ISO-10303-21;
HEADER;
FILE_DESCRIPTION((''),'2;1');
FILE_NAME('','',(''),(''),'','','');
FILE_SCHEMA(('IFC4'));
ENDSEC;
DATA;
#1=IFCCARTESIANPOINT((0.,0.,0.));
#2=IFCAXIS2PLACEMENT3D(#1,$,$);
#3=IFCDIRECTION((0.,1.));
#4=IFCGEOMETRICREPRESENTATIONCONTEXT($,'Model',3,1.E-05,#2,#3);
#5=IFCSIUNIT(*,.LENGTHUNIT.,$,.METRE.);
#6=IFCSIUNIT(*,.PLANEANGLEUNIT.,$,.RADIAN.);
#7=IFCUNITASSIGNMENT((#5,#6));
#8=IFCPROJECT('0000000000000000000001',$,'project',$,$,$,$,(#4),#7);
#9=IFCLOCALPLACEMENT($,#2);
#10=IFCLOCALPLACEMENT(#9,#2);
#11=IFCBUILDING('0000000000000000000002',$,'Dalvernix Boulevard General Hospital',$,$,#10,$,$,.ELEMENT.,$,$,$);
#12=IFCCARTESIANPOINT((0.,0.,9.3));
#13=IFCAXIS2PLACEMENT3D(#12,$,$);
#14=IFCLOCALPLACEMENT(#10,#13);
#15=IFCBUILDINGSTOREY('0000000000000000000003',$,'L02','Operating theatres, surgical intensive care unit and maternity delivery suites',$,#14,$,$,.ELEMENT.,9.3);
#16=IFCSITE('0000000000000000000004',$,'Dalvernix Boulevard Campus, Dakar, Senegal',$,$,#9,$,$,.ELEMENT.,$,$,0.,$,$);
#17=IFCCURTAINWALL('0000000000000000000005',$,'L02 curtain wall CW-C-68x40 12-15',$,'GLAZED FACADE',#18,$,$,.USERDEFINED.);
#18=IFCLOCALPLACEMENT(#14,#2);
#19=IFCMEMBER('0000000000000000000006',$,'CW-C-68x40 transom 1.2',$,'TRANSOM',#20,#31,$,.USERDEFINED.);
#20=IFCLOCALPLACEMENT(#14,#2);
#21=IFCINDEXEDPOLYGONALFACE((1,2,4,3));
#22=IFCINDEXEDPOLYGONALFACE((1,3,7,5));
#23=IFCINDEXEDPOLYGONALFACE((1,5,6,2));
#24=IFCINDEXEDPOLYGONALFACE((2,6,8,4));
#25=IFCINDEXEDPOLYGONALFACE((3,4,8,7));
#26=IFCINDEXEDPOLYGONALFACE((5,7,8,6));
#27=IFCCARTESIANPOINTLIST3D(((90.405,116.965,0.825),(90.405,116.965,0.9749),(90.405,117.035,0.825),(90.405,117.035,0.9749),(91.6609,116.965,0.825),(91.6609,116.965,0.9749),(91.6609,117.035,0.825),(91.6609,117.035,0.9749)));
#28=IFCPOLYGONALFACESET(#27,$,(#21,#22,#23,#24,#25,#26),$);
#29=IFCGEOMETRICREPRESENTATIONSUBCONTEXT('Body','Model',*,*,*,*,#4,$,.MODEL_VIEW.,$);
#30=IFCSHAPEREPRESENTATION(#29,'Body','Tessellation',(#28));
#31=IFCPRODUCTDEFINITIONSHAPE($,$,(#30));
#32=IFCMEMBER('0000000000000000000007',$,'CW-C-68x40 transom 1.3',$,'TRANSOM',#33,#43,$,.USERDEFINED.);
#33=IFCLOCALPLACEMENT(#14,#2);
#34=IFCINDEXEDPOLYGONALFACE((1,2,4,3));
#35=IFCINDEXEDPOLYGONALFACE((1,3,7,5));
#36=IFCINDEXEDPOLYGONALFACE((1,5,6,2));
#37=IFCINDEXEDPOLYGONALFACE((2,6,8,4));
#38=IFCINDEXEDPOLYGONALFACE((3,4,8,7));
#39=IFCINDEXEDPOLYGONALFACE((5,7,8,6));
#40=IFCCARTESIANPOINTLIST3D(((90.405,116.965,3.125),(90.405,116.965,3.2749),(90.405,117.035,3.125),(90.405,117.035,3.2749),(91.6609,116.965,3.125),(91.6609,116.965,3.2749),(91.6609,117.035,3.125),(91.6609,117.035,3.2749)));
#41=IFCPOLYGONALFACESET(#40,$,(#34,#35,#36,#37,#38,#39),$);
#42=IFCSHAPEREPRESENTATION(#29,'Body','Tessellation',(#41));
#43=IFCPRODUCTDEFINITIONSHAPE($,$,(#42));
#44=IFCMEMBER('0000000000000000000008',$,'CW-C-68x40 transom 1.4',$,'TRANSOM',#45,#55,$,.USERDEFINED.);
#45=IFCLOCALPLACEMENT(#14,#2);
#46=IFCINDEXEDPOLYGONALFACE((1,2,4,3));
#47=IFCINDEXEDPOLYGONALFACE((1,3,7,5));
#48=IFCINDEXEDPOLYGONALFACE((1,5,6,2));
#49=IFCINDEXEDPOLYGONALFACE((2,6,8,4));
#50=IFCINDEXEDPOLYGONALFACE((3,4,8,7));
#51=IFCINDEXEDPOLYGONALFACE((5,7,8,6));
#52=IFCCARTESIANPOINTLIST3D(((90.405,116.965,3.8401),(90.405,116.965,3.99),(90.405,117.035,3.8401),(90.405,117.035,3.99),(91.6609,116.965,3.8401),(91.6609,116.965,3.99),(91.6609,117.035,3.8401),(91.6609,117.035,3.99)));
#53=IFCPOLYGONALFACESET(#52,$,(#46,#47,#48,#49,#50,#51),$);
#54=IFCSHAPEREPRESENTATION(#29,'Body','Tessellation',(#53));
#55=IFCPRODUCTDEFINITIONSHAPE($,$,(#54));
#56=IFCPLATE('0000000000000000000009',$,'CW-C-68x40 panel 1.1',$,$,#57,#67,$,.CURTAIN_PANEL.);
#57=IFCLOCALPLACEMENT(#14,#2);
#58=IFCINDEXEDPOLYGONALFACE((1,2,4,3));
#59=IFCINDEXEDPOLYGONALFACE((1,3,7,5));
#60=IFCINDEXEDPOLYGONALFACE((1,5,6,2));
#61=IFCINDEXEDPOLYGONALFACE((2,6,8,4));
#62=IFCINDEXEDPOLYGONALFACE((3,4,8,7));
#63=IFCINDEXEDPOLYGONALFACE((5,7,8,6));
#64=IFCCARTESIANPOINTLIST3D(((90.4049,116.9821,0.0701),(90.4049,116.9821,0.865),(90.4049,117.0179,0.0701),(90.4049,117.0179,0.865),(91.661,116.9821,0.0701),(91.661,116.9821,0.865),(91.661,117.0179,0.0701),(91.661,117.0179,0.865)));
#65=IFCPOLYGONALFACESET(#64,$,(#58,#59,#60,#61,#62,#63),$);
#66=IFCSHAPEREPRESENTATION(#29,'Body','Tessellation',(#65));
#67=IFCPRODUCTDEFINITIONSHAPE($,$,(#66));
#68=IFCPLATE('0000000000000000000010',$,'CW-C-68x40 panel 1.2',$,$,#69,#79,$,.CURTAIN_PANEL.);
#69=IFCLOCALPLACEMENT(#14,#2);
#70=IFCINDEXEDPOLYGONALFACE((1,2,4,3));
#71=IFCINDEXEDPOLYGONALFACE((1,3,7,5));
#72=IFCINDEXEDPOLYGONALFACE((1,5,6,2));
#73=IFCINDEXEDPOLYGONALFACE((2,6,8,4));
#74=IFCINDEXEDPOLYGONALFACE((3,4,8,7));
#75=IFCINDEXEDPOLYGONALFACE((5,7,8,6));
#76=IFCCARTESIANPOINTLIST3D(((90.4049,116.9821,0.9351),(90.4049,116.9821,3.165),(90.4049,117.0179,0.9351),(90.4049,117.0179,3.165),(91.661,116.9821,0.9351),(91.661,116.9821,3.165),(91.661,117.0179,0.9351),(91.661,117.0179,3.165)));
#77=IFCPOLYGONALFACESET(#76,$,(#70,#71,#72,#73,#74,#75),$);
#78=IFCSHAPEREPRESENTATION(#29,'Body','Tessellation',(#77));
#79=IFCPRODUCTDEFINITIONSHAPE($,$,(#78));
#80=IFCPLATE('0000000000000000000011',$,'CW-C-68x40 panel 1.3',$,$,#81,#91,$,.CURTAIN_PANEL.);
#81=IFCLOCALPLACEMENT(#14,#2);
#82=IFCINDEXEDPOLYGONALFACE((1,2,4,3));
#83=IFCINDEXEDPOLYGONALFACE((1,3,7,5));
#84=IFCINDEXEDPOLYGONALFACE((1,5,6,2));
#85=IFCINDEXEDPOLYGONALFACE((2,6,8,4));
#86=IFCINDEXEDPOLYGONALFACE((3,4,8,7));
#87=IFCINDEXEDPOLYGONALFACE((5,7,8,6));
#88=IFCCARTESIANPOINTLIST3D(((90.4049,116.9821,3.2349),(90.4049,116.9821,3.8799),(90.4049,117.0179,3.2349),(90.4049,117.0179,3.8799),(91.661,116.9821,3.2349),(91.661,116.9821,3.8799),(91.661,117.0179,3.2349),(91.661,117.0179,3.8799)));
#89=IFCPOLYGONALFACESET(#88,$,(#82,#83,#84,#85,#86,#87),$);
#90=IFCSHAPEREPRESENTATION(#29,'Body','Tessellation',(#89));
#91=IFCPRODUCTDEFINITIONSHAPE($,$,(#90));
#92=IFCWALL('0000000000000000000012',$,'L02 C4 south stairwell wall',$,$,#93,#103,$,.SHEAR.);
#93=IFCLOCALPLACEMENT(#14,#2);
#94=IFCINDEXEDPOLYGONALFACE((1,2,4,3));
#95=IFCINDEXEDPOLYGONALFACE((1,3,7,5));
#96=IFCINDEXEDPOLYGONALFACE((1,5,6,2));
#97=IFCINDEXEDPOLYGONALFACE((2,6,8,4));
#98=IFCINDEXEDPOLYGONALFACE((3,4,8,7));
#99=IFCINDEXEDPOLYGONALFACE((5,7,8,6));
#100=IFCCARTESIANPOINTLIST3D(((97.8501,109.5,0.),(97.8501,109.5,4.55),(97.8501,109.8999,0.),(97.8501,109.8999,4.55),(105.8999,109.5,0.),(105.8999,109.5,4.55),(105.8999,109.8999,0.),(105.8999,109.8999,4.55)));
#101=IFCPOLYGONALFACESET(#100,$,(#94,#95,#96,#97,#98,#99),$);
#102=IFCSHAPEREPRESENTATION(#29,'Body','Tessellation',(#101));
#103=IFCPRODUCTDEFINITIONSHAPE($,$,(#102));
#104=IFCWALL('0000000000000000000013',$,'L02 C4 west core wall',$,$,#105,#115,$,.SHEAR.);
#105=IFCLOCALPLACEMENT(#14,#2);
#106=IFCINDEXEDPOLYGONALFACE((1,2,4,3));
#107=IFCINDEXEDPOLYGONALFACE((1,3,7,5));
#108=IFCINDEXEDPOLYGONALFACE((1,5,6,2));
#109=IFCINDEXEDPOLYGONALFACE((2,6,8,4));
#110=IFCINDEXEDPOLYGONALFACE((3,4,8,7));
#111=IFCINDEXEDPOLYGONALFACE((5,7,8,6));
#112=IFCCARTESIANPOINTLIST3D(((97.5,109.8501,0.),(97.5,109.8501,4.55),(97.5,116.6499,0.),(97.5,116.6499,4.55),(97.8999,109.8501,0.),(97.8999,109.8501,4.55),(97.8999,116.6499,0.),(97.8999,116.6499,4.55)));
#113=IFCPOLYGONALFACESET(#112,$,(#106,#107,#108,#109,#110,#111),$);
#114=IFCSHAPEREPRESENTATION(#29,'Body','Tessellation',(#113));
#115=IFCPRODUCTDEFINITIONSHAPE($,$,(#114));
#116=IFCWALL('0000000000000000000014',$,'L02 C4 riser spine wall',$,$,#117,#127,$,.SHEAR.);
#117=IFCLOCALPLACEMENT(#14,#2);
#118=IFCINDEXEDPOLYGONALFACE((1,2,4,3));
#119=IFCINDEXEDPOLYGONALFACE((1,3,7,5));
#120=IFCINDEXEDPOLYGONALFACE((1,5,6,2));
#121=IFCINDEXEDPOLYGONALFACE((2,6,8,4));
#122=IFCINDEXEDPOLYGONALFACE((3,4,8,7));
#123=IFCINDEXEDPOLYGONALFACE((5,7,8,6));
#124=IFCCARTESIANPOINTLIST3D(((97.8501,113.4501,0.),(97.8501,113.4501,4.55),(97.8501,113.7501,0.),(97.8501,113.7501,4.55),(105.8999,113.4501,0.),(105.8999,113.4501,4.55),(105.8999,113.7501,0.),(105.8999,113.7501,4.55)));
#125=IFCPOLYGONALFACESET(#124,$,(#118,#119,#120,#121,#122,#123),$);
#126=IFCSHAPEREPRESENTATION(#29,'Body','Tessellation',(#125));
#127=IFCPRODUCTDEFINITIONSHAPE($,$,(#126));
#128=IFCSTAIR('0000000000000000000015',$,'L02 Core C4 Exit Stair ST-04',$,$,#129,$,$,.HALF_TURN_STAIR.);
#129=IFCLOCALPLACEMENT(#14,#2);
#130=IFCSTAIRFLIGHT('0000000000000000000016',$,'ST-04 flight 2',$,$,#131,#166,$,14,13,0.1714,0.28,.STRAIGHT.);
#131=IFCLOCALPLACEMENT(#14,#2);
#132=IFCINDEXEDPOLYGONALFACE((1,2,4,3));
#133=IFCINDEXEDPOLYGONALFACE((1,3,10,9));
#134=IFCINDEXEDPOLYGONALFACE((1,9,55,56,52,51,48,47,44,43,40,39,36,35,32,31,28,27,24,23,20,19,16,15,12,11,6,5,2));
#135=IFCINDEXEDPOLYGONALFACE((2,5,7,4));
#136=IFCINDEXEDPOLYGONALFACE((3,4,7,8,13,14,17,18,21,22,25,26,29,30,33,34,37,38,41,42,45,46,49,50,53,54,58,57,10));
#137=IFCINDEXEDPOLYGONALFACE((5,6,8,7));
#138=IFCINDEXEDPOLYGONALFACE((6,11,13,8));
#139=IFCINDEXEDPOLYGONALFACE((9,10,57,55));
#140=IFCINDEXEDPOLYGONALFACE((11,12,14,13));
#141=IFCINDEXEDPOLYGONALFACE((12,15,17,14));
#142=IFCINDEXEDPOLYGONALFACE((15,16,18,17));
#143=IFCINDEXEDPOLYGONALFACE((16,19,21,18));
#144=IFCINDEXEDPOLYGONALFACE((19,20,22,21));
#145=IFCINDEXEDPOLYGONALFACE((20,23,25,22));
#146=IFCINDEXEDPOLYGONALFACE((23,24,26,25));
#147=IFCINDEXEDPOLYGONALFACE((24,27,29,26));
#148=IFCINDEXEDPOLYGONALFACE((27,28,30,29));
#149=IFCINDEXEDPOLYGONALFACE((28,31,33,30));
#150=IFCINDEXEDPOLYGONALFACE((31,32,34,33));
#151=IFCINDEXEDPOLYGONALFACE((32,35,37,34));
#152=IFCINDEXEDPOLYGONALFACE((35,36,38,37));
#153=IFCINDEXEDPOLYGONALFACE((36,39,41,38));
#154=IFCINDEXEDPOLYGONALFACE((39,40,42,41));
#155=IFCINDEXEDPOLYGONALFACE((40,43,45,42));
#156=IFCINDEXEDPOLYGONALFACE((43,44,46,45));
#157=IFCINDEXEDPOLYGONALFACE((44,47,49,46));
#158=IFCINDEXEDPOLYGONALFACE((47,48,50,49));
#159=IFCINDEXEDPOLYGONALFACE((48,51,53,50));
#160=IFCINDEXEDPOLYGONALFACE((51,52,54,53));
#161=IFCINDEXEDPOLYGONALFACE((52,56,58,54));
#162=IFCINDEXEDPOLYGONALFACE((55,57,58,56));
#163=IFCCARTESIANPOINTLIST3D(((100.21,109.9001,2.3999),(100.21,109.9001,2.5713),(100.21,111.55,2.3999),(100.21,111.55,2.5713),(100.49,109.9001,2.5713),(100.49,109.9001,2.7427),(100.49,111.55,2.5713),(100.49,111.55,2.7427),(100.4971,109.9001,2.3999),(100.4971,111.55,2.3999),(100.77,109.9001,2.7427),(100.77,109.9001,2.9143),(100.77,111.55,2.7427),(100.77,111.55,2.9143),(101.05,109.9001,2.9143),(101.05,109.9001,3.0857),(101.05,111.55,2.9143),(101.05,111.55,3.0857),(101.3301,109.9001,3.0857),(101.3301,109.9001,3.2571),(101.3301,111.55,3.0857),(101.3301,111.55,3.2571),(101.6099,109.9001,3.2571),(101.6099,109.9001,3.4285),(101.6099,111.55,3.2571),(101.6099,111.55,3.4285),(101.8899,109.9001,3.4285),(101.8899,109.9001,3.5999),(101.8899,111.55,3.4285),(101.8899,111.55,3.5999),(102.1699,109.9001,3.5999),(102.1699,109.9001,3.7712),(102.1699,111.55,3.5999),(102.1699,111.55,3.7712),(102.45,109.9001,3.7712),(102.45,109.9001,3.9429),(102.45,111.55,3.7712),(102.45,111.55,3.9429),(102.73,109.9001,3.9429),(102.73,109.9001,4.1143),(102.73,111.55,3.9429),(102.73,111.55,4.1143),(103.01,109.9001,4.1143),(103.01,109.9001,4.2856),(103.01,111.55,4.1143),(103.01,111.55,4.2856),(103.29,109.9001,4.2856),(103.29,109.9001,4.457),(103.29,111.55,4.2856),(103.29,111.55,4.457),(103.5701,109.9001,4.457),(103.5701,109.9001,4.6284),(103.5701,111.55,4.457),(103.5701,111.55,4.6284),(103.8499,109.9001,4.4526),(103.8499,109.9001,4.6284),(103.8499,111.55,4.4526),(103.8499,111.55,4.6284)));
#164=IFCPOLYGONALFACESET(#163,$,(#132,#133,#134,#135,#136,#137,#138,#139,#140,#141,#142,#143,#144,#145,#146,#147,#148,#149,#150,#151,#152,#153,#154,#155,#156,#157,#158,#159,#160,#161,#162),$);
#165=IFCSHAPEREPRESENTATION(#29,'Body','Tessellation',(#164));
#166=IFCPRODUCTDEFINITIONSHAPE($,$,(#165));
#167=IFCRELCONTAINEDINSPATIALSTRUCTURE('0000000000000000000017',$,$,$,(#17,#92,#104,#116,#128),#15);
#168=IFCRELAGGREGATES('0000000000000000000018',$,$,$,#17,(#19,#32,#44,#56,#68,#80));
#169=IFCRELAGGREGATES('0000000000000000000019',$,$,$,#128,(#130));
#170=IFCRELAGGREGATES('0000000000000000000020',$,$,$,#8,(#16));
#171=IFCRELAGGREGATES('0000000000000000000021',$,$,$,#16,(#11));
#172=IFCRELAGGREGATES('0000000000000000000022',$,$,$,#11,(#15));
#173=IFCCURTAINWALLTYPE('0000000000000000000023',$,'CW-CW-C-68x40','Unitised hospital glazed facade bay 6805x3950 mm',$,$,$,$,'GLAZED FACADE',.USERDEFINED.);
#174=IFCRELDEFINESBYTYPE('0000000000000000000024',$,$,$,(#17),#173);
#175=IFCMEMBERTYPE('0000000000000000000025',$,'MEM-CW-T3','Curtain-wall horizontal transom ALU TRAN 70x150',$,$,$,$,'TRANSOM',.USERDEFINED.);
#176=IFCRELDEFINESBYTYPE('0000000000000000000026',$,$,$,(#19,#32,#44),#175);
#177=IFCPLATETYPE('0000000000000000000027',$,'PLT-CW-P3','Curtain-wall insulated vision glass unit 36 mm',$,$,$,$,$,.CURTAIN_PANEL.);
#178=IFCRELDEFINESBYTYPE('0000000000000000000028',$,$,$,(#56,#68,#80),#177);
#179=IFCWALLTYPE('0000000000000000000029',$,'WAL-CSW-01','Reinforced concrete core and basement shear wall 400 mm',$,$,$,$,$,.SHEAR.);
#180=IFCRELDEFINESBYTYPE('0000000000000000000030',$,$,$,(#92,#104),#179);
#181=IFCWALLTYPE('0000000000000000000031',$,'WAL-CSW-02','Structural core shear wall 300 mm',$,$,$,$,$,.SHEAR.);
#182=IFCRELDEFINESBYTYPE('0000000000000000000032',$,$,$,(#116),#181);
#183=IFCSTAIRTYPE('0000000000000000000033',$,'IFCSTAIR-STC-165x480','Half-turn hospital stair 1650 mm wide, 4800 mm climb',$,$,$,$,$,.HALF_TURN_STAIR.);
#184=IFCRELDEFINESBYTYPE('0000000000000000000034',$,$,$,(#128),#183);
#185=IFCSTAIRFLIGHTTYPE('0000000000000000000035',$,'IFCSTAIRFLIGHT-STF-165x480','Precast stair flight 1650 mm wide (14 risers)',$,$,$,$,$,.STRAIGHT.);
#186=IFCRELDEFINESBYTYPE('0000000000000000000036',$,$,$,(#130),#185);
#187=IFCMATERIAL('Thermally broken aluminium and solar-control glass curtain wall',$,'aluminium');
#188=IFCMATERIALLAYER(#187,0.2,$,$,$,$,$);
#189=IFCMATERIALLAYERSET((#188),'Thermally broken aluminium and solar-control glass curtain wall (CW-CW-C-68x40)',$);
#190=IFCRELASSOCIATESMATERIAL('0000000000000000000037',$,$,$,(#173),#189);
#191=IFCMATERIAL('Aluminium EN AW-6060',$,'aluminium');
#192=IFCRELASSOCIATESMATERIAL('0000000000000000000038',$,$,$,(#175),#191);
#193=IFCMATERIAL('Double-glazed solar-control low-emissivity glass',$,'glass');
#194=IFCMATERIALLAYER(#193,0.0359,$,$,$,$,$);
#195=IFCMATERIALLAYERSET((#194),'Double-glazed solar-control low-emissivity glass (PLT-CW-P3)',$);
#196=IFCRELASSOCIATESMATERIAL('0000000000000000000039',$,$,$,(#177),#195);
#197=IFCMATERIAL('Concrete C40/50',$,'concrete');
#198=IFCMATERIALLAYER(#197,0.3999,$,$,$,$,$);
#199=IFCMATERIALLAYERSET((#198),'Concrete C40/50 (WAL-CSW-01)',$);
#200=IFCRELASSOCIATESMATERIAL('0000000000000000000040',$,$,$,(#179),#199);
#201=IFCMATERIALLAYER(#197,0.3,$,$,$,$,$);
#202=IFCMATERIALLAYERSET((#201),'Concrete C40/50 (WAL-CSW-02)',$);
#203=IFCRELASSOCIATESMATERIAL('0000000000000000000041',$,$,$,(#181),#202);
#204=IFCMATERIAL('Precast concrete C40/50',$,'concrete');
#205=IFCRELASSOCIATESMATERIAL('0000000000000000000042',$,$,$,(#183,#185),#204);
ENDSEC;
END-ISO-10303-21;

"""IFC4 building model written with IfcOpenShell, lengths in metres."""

from ifc_helpers import new_model, si_unit, direction, frame, frame_2d, origin, origin_2d, place, context, subcontext, project, spatial, polyline, rectangle, outline, extrude, material, layer, layer_set, material_profile, profile_set, type_object, element, aggregate, save


model = new_model("IFC4")

# Units and contexts
model_context = context("Model", 3, precision=1e-05, world=origin(), true_north=direction((0.0, 1.0)))
body_context = subcontext(model_context, "Body", "Model", "MODEL_VIEW")
ifc_project = project(units=[si_unit("LENGTHUNIT", "METRE"), si_unit("PLANEANGLEUNIT", "RADIAN")], contexts=[model_context])

# Site, building, storey
site_placement = place(None, origin())
site = spatial("IfcSite", under=ifc_project, at=site_placement, Name="Dalvernix Boulevard Campus, Dakar, Senegal", CompositionType="ELEMENT", RefElevation=0.0)
building_placement = place(site_placement, origin())
building = spatial("IfcBuilding", under=site, at=building_placement, Name="Dalvernix Boulevard General Hospital", CompositionType="ELEMENT")
storey_placement = place(building_placement, frame((0.0, 0.0, 9.3)))
storey = spatial("IfcBuildingStorey", under=building, at=storey_placement, Name="L02", Description="Operating theatres, surgical intensive care unit and maternity delivery suites", CompositionType="ELEMENT", Elevation=9.3)

# Shared definitions
ifc_material_1 = material(Name="Concrete C40/50", Category="concrete")

# Curtain wall, members, plates
ifc_material_2 = material(Name="Thermally broken aluminium and solar-control glass curtain wall", Category="aluminium")
ifc_layer_1 = layer(ifc_material_2, 0.2)
ifc_layer_set_1 = layer_set([ifc_layer_1], Name="Thermally broken aluminium and solar-control glass curtain wall (CW-CW-C-68x40)")
curtain_wall_type = type_object("IfcCurtainWallType", Name="CW-CW-C-68x40", Description="Unitised hospital glazed facade bay 6805x3950 mm", ElementType="GLAZED FACADE", PredefinedType="USERDEFINED", material=ifc_layer_set_1)
curtain_wall_placement = place(storey_placement, origin())
curtain_wall = element("IfcCurtainWall", 1, at=curtain_wall_placement, inside=storey, type_object=curtain_wall_type, Name="L02 curtain wall CW-C-68x40 12-15", ObjectType="GLAZED FACADE", PredefinedType="USERDEFINED")
ifc_material_3 = material(Name="Aluminium EN AW-6060", Category="aluminium")
ifc_material_profile_1 = material_profile(ifc_material_3, rectangle(XDim=0.0701, YDim=0.1499, at=origin_2d()), Name="ALU TRAN 70x150")
ifc_profile_set_1 = profile_set([ifc_material_profile_1], Name="Aluminium EN AW-6060")
member_type_1 = type_object("IfcMemberType", Name="MEM-CW-T3", Description="Curtain-wall horizontal transom ALU TRAN 70x150", ElementType="TRANSOM", PredefinedType="USERDEFINED", material=ifc_profile_set_1)
member_1_placement = place(storey_placement, frame((90.405, 117.0, 0.8999), z_axis=(1.0, 0.0, 0.0), x_axis=(0.0, 1.0, 0.0)))
member_1 = element("IfcMember", 2, at=member_1_placement, type_object=member_type_1, Name="CW-C-68x40 transom 1.2", ObjectType="TRANSOM", PredefinedType="USERDEFINED", context=body_context, shape_type="SweptSolid", body=[
    extrude(rectangle(XDim=0.0701, YDim=0.1499, at=origin_2d()), origin(), (0.0, 0.0, 1.0), 1.2559),
])
member_2_placement = place(storey_placement, frame((90.405, 117.0, 3.2), z_axis=(1.0, 0.0, 0.0), x_axis=(0.0, 1.0, 0.0)))
member_2 = element("IfcMember", 3, at=member_2_placement, type_object=member_type_1, Name="CW-C-68x40 transom 1.3", ObjectType="TRANSOM", PredefinedType="USERDEFINED", context=body_context, shape_type="SweptSolid", body=[
    extrude(rectangle(XDim=0.0701, YDim=0.1499, at=origin_2d()), origin(), (0.0, 0.0, 1.0), 1.2559),
])
member_3_placement = place(storey_placement, frame((90.405, 117.0, 3.915), z_axis=(1.0, 0.0, 0.0), x_axis=(0.0, 1.0, 0.0)))
member_3 = element("IfcMember", 4, at=member_3_placement, type_object=member_type_1, Name="CW-C-68x40 transom 1.4", ObjectType="TRANSOM", PredefinedType="USERDEFINED", context=body_context, shape_type="SweptSolid", body=[
    extrude(rectangle(XDim=0.0701, YDim=0.1499, at=origin_2d()), origin(), (0.0, 0.0, 1.0), 1.2559),
])
ifc_material_4 = material(Name="Double-glazed solar-control low-emissivity glass", Category="glass")
ifc_layer_2 = layer(ifc_material_4, 0.0359)
ifc_layer_set_2 = layer_set([ifc_layer_2], Name="Double-glazed solar-control low-emissivity glass (PLT-CW-P3)")
plate_type = type_object("IfcPlateType", Name="PLT-CW-P3", Description="Curtain-wall insulated vision glass unit 36 mm", PredefinedType="CURTAIN_PANEL", material=ifc_layer_set_2)
plate_1_placement = place(storey_placement, frame((91.033, 117.0, 0.0701), z_axis=(0.0, 0.0, 1.0), x_axis=(1.0, 0.0, 0.0)))
plate_1 = element("IfcPlate", 5, at=plate_1_placement, type_object=plate_type, Name="CW-C-68x40 panel 1.1", PredefinedType="CURTAIN_PANEL", context=body_context, shape_type="SweptSolid", body=[
    extrude(rectangle(XDim=1.2561, YDim=0.0359, at=origin_2d()), origin(), (0.0, 0.0, 1.0), 0.7949),
])
plate_2_placement = place(storey_placement, frame((91.033, 117.0, 0.9351), z_axis=(0.0, 0.0, 1.0), x_axis=(1.0, 0.0, 0.0)))
plate_2 = element("IfcPlate", 6, at=plate_2_placement, type_object=plate_type, Name="CW-C-68x40 panel 1.2", PredefinedType="CURTAIN_PANEL", context=body_context, shape_type="SweptSolid", body=[
    extrude(rectangle(XDim=1.2561, YDim=0.0359, at=origin_2d()), origin(), (0.0, 0.0, 1.0), 2.23),
])
plate_3_placement = place(storey_placement, frame((91.033, 117.0, 3.2349), z_axis=(0.0, 0.0, 1.0), x_axis=(1.0, 0.0, 0.0)))
plate_3 = element("IfcPlate", 7, at=plate_3_placement, type_object=plate_type, Name="CW-C-68x40 panel 1.3", PredefinedType="CURTAIN_PANEL", context=body_context, shape_type="SweptSolid", body=[
    extrude(rectangle(XDim=1.2561, YDim=0.0359, at=origin_2d()), origin(), (0.0, 0.0, 1.0), 0.645),
])
aggregate(curtain_wall, [member_1, member_2, member_3, plate_1, plate_2, plate_3])

# Walls
ifc_layer_3 = layer(ifc_material_1, 0.3999)
ifc_layer_set_3 = layer_set([ifc_layer_3], Name="Concrete C40/50 (WAL-CSW-01)")
wall_type_1 = type_object("IfcWallType", Name="WAL-CSW-01", Description="Reinforced concrete core and basement shear wall 400 mm", PredefinedType="SHEAR", material=ifc_layer_set_3)
wall_1_placement = place(storey_placement, frame((97.8501, 109.7, 0.0), z_axis=(0.0, 0.0, 1.0), x_axis=(1.0, 0.0, 0.0)))
element("IfcWall", 8, at=wall_1_placement, inside=storey, type_object=wall_type_1, Name="L02 C4 south stairwell wall", PredefinedType="SHEAR", context=body_context, shape_type="SweptSolid", body=[
    extrude(rectangle(XDim=8.0498, YDim=0.3999, at=frame_2d((4.0249, 0.0))), origin(), (0.0, 0.0, 1.0), 4.55),
])
wall_2_placement = place(storey_placement, frame((97.7, 109.8501, 0.0), z_axis=(0.0, 0.0, 1.0), x_axis=(0.0, 1.0, 0.0)))
element("IfcWall", 9, at=wall_2_placement, inside=storey, type_object=wall_type_1, Name="L02 C4 west core wall", PredefinedType="SHEAR", context=body_context, shape_type="SweptSolid", body=[
    extrude(rectangle(XDim=6.7998, YDim=0.3999, at=frame_2d((3.3999, 0.0))), origin(), (0.0, 0.0, 1.0), 4.55),
])
ifc_layer_4 = layer(ifc_material_1, 0.3)
ifc_layer_set_4 = layer_set([ifc_layer_4], Name="Concrete C40/50 (WAL-CSW-02)")
wall_type_2 = type_object("IfcWallType", Name="WAL-CSW-02", Description="Structural core shear wall 300 mm", PredefinedType="SHEAR", material=ifc_layer_set_4)
wall_3_placement = place(storey_placement, frame((97.8501, 113.6001, 0.0), z_axis=(0.0, 0.0, 1.0), x_axis=(1.0, 0.0, 0.0)))
element("IfcWall", 10, at=wall_3_placement, inside=storey, type_object=wall_type_2, Name="L02 C4 riser spine wall", PredefinedType="SHEAR", context=body_context, shape_type="SweptSolid", body=[
    extrude(rectangle(XDim=8.0498, YDim=0.3, at=frame_2d((4.0249, 0.0))), origin(), (0.0, 0.0, 1.0), 4.55),
])

# Stair, stair flight
ifc_material_5 = material(Name="Precast concrete C40/50", Category="concrete")
stair_type = type_object("IfcStairType", Name="IFCSTAIR-STC-165x480", Description="Half-turn hospital stair 1650 mm wide, 4800 mm climb", PredefinedType="HALF_TURN_STAIR", material=ifc_material_5)
stair_placement = place(storey_placement, origin())
stair = element("IfcStair", 11, at=stair_placement, inside=storey, type_object=stair_type, Name="L02 Core C4 Exit Stair ST-04", PredefinedType="HALF_TURN_STAIR")
stair_flight_type = type_object("IfcStairFlightType", Name="IFCSTAIRFLIGHT-STF-165x480", Description="Precast stair flight 1650 mm wide (14 risers)", PredefinedType="STRAIGHT", material=ifc_material_5)
stair_flight_placement = place(storey_placement, frame((100.21, 110.7251, 2.3999), z_axis=(0.0, 0.0, 1.0), x_axis=(1.0, 0.0, 0.0)))
stair_flight = element("IfcStairFlight", 12, at=stair_flight_placement, type_object=stair_flight_type, Name="ST-04 flight 2", NumberOfRisers=14, NumberOfTreads=13, PredefinedType="STRAIGHT", RiserHeight=0.1714, TreadLength=0.28, context=body_context, shape_type="SweptSolid", body=[
    extrude(outline(polyline([(0.0, 0.0), (0.0, 0.1714), (0.28, 0.1714), (0.28, 0.3428), (0.5601, 0.3428), (0.5601, 0.5144), (0.8401, 0.5144), (0.8401, 0.6858), (1.1201, 0.6858), (1.1201, 0.8572), (1.3999, 0.8572), (1.3999, 1.0286), (1.6799, 1.0286), (1.6799, 1.2), (1.96, 1.2), (1.96, 1.3713), (2.24, 1.3713), (2.24, 1.543), (2.52, 1.543), (2.52, 1.7144), (2.8, 1.7144), (2.8, 1.8857), (3.0801, 1.8857), (3.0801, 2.0571), (3.3601, 2.0571), (3.3601, 2.2285), (3.6399, 2.2285), (3.6399, 2.3999), (3.6399, 2.0527), (0.2871, 0.0), (0.0, 0.0)])), frame((0.0, 0.825, 0.0), z_axis=(0.0, -1.0, 0.0), x_axis=(1.0, 0.0, 0.0)), (0.0, 0.0, 1.0), 1.6499),
])
aggregate(stair, [stair_flight])

save(model, "model.ifc")
